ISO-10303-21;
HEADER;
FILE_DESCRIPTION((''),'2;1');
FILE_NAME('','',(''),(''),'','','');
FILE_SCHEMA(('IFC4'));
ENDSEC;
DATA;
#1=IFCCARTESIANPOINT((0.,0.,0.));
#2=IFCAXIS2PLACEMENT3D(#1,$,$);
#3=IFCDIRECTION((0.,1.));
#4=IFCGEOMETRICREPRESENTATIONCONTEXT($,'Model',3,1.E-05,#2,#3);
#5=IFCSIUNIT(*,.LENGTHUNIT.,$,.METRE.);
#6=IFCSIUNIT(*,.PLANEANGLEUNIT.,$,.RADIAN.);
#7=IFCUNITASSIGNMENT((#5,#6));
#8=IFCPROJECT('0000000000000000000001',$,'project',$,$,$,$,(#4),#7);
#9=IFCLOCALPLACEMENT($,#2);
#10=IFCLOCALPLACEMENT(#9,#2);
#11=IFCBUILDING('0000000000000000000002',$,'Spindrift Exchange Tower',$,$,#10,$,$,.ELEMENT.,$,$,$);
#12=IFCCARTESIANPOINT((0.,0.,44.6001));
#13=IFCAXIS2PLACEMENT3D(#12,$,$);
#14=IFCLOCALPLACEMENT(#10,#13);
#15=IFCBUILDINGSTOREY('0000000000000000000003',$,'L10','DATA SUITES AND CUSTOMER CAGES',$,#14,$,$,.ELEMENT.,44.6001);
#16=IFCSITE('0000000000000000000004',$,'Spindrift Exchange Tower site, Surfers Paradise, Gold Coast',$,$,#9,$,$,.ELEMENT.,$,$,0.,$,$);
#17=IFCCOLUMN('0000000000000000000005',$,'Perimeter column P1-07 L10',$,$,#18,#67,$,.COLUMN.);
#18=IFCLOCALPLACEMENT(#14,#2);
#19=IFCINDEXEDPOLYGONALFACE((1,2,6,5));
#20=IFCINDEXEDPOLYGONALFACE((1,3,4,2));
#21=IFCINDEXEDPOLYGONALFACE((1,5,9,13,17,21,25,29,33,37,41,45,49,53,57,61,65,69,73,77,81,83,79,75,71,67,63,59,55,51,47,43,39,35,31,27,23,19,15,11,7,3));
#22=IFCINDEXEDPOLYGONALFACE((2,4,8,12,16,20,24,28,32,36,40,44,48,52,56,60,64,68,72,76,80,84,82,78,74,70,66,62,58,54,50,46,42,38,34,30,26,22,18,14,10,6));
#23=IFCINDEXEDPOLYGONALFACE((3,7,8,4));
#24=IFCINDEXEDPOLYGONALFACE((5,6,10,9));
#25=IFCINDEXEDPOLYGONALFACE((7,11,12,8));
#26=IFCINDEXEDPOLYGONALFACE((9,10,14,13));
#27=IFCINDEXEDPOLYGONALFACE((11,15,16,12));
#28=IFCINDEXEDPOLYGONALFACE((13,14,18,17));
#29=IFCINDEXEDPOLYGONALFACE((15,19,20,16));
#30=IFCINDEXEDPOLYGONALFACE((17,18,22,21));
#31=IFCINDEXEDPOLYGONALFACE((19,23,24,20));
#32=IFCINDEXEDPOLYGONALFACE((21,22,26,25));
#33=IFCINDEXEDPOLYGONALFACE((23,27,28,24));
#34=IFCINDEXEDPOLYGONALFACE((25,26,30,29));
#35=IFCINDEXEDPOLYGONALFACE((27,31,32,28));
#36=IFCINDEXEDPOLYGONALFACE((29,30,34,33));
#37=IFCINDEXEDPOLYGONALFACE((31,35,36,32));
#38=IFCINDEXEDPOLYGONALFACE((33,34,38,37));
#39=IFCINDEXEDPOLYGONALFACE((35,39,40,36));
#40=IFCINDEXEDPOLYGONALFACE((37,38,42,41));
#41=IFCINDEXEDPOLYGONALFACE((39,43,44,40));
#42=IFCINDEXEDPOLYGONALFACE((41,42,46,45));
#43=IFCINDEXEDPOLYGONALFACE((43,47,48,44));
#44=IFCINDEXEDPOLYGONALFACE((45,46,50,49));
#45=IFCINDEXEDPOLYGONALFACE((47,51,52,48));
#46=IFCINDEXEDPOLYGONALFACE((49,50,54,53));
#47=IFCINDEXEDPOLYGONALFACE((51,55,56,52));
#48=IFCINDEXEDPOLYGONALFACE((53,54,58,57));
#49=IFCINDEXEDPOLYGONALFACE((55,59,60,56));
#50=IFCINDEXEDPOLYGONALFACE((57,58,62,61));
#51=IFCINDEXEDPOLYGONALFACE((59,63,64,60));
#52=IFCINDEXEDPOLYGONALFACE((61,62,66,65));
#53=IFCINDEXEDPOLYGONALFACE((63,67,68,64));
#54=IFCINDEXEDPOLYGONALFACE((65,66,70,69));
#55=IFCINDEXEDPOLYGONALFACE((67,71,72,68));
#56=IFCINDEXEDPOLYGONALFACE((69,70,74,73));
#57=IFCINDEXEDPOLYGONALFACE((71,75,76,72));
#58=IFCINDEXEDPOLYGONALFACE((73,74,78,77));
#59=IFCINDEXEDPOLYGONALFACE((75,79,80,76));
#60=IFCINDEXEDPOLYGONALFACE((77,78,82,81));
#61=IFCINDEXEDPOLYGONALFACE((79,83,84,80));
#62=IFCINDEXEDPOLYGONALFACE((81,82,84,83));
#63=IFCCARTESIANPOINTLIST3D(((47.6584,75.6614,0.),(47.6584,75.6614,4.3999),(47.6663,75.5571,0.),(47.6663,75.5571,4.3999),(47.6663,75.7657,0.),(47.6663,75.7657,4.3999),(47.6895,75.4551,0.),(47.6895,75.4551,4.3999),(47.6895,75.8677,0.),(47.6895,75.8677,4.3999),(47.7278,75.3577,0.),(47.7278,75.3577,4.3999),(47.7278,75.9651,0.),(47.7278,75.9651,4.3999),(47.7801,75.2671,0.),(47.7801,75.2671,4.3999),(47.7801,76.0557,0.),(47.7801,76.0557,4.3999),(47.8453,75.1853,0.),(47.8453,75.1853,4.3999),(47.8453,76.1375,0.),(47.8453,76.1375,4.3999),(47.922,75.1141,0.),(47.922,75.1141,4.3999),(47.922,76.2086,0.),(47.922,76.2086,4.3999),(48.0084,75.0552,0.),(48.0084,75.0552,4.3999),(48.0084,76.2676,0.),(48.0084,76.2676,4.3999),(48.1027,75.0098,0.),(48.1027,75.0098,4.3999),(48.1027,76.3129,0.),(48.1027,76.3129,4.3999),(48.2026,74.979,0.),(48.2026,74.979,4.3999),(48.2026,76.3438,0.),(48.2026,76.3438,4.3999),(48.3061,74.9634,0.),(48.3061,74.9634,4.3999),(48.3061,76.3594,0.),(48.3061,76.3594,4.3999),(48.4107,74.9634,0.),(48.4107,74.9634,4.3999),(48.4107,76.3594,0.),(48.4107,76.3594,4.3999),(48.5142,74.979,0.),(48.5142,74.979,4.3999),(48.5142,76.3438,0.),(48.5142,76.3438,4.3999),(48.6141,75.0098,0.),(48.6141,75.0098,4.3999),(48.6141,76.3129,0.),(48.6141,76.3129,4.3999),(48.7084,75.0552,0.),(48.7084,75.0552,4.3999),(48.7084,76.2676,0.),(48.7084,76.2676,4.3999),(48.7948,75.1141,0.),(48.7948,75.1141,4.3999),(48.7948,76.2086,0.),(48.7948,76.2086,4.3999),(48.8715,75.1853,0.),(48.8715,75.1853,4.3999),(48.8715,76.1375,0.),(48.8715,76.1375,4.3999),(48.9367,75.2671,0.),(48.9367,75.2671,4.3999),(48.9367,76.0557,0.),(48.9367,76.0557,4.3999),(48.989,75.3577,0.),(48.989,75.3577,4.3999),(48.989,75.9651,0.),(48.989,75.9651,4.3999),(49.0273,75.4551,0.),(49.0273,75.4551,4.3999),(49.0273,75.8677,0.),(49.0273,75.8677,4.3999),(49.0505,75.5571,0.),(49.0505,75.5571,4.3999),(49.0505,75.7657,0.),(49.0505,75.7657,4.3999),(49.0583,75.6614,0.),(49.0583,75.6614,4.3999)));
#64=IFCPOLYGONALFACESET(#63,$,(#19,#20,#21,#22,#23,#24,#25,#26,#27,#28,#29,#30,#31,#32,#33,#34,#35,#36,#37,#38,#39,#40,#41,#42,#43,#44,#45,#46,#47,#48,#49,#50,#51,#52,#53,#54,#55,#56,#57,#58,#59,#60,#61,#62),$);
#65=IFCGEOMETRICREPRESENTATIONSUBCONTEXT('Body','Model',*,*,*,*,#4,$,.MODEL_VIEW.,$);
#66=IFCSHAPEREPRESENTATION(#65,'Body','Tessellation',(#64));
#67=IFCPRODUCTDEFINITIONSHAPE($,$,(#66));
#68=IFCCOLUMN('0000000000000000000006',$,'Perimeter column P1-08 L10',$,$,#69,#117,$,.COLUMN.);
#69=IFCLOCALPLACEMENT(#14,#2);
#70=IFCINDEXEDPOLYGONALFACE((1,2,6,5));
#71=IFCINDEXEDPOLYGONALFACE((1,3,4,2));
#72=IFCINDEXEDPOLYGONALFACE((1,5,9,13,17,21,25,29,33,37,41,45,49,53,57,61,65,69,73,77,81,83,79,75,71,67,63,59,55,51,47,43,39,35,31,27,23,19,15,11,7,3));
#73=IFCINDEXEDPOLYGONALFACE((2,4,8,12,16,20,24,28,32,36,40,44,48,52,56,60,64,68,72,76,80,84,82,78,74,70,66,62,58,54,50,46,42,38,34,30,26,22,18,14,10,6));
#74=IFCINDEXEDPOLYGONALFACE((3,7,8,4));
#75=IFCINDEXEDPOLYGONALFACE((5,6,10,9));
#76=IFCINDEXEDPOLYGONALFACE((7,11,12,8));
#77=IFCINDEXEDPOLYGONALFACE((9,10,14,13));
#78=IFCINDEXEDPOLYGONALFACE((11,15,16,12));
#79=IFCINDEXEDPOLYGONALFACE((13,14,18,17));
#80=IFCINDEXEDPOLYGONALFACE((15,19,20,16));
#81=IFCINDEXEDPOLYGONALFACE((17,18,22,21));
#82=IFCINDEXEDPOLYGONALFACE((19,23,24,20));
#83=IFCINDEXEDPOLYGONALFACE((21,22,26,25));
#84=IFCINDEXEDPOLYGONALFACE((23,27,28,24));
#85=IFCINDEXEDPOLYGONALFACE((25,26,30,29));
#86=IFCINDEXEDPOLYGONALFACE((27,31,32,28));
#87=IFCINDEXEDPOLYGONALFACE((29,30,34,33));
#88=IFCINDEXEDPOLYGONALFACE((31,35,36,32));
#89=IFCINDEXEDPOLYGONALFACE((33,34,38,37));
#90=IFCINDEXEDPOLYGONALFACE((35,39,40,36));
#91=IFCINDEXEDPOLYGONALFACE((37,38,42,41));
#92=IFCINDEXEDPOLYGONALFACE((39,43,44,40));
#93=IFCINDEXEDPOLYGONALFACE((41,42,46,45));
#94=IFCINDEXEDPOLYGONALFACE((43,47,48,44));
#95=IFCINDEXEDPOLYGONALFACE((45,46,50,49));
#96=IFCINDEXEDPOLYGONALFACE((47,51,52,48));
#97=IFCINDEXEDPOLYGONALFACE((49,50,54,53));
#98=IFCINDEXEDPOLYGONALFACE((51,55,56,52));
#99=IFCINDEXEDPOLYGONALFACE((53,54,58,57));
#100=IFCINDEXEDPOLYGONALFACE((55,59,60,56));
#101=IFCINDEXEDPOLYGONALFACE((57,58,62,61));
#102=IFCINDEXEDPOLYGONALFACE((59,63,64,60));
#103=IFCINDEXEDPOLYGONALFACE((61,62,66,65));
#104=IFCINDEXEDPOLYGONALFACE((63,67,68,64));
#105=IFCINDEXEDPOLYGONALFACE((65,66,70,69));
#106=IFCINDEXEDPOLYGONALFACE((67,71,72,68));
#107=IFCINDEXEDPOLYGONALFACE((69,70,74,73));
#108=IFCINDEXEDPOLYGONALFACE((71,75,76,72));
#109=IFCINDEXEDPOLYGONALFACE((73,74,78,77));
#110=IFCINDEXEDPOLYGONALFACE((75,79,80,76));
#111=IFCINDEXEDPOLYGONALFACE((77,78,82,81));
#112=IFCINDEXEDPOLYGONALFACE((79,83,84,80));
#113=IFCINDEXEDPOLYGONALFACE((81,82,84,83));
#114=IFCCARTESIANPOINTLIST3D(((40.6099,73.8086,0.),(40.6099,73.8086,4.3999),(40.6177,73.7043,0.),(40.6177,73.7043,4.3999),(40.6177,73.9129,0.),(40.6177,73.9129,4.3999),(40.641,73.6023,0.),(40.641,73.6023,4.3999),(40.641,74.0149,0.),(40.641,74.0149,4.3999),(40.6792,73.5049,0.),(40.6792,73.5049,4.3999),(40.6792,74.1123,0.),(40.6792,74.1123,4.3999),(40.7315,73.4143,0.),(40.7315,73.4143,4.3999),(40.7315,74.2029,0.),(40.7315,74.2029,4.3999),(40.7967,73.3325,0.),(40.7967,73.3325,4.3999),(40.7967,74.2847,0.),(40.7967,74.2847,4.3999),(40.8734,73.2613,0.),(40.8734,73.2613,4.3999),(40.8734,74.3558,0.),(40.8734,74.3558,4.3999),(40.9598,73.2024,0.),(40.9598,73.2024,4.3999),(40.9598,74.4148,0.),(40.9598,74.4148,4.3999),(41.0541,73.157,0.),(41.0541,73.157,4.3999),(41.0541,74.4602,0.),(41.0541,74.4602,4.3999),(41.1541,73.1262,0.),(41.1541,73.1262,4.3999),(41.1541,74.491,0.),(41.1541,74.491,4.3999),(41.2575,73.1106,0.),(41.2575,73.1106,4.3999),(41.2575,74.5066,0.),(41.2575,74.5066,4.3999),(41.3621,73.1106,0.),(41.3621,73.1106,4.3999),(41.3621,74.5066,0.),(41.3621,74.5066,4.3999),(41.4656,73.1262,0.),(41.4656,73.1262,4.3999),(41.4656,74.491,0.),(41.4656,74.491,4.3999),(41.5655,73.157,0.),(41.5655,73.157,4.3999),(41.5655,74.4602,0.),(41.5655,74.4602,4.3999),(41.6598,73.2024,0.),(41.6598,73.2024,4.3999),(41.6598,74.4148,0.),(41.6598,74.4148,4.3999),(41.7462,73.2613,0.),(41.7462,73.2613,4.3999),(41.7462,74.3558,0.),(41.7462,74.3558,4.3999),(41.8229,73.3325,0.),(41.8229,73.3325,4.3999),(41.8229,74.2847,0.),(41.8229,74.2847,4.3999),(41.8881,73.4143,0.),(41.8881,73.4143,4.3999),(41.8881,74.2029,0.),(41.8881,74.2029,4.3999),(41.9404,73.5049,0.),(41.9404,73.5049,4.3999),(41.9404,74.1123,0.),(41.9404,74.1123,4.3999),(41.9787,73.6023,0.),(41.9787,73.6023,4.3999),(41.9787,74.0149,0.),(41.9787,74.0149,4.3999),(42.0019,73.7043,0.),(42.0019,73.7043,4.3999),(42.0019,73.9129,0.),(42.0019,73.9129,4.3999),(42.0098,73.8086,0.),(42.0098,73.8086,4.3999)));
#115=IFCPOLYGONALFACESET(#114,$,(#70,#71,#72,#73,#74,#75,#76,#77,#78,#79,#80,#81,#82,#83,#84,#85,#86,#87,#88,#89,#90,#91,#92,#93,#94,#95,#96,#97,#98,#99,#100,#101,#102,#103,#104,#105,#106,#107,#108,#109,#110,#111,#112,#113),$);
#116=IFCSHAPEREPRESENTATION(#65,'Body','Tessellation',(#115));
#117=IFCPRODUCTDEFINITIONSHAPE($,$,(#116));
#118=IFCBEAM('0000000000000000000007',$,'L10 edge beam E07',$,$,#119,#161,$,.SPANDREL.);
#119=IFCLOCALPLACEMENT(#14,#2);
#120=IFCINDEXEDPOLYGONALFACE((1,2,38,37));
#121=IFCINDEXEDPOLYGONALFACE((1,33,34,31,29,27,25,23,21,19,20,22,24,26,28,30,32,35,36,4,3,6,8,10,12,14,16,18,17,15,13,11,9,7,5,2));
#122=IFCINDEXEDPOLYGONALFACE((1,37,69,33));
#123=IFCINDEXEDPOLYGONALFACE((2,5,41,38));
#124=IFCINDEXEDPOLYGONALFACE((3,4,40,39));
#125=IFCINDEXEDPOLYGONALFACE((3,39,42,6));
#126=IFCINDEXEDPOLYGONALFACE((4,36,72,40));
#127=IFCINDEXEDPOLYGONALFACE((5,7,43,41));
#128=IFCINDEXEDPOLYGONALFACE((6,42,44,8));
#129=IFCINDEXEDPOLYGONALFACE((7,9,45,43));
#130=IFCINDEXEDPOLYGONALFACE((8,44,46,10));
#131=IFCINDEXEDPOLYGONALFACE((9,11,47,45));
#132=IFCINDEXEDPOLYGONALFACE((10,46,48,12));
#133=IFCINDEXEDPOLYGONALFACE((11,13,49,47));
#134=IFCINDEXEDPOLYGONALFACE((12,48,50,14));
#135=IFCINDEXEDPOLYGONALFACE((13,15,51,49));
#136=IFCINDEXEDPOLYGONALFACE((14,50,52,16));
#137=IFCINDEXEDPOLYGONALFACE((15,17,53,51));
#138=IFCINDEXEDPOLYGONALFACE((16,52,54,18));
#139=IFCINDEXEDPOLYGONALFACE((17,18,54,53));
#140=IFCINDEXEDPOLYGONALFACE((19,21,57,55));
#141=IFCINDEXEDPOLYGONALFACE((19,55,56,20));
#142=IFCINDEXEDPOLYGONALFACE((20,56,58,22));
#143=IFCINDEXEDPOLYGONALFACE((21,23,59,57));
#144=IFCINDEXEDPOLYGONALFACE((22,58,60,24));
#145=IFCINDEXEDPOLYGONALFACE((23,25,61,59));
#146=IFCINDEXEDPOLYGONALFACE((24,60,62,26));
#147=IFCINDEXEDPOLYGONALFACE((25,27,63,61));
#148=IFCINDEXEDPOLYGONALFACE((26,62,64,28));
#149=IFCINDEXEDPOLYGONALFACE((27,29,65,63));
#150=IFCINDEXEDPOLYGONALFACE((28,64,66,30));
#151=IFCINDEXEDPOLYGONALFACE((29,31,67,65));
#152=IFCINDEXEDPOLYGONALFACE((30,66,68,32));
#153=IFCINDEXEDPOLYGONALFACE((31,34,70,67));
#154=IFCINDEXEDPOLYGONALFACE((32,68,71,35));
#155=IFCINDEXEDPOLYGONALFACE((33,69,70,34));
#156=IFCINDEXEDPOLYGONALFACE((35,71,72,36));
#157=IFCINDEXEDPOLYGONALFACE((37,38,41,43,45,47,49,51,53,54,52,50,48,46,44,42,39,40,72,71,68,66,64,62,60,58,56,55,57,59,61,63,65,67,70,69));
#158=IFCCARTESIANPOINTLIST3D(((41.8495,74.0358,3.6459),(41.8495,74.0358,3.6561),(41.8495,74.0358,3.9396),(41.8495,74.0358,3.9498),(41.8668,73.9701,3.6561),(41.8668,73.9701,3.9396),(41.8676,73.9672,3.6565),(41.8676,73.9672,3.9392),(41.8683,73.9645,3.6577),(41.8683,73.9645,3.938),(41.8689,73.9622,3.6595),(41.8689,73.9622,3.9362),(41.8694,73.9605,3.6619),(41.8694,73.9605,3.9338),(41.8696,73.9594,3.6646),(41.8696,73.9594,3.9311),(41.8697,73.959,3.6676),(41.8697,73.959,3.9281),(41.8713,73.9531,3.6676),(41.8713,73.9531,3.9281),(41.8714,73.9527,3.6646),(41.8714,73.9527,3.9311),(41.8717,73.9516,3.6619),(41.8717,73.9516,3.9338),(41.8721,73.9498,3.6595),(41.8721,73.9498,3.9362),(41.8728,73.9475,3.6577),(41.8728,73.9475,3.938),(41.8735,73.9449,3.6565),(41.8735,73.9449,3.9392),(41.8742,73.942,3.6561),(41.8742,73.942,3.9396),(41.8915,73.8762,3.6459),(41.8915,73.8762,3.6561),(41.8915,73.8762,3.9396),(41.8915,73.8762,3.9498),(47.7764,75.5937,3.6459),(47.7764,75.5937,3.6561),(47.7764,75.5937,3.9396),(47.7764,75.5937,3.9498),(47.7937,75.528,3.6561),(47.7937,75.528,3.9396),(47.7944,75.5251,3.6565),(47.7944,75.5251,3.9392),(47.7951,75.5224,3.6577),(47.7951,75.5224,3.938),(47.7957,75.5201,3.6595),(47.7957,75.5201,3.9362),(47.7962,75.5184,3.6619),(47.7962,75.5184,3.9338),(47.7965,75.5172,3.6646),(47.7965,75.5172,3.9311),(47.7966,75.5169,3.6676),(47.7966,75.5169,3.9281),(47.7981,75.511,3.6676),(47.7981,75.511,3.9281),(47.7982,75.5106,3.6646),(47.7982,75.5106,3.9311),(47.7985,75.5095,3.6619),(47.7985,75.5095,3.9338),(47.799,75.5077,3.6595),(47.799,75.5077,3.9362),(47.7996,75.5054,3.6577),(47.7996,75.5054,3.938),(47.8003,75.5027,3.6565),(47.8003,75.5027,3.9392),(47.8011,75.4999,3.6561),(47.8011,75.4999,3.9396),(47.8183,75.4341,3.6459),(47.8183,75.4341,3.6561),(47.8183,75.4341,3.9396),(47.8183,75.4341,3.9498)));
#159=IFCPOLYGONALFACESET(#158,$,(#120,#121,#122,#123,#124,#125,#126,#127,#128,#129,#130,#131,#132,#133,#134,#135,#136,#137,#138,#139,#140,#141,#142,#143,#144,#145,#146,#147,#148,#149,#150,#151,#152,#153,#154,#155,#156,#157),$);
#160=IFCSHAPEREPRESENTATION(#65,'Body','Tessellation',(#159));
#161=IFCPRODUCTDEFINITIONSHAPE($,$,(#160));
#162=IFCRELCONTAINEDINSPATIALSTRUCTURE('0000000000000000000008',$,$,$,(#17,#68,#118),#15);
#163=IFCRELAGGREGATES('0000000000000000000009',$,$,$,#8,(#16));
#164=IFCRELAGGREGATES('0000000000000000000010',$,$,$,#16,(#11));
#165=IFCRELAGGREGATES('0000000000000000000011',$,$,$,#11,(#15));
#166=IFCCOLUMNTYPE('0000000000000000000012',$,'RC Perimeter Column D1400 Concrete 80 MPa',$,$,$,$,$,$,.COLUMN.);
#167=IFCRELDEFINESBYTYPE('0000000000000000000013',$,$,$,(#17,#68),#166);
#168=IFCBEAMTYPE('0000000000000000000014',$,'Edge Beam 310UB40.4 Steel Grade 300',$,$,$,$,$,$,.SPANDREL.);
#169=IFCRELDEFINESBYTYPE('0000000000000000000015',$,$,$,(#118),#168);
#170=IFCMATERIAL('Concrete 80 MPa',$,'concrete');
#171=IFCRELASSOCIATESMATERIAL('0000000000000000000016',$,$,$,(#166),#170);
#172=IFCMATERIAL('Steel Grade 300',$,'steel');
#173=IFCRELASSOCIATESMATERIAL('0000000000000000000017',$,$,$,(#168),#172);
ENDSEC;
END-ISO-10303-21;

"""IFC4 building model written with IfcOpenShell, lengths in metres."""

from ifc_helpers import new_model, si_unit, direction, frame, origin, origin_2d, place, context, subcontext, project, spatial, circle, i_section, extrude, source, transform, mapped, material, material_profile, profile_set, type_object, element, save


model = new_model("IFC4")

# Units and contexts
model_context = context("Model", 3, precision=1e-05, world=origin(), true_north=direction((0.0, 1.0)))
body_context = subcontext(model_context, "Body", "Model", "MODEL_VIEW")
ifc_project = project(units=[si_unit("LENGTHUNIT", "METRE"), si_unit("PLANEANGLEUNIT", "RADIAN")], contexts=[model_context])

# Site, building, storey
site_placement = place(None, origin())
site = spatial("IfcSite", under=ifc_project, at=site_placement, Name="Spindrift Exchange Tower site, Surfers Paradise, Gold Coast", CompositionType="ELEMENT", RefElevation=0.0)
building_placement = place(site_placement, origin())
building = spatial("IfcBuilding", under=site, at=building_placement, Name="Spindrift Exchange Tower", CompositionType="ELEMENT")
storey_placement = place(building_placement, frame((0.0, 0.0, 44.6001)))
storey = spatial("IfcBuildingStorey", under=building, at=storey_placement, Name="L10", Description="DATA SUITES AND CUSTOMER CAGES", CompositionType="ELEMENT", Elevation=44.6001)

# Columns
ifc_material_1 = material(Name="Concrete 80 MPa", Category="concrete")
ifc_material_profile_1 = material_profile(ifc_material_1, circle(Radius=0.7, at=origin_2d()), Name="RC D1400")
ifc_profile_set_1 = profile_set([ifc_material_profile_1], Name="Concrete 80 MPa")
column_type = type_object("IfcColumnType", Name="RC Perimeter Column D1400 Concrete 80 MPa", PredefinedType="COLUMN", material=ifc_profile_set_1)
shared_shape_1 = source(origin(), body_context, "Body", "SweptSolid", [
    extrude(circle(Radius=0.7, at=origin_2d()), origin(), (0.0, 0.0, 1.0), 4.3999),
])
for number, where, z_axis, x_axis, name in (
    (1, (48.3584, 75.6614, 0.0), (0.0, 0.0, 1.0), (1.0, 0.0, 0.0), "Perimeter column P1-07 L10"),
    (2, (41.3098, 73.8086, 0.0), (0.0, 0.0, 1.0), (1.0, 0.0, 0.0), "Perimeter column P1-08 L10"),
):
    element("IfcColumn", number, at=place(storey_placement, frame(where, z_axis=z_axis, x_axis=x_axis)), inside=storey, type_object=column_type, Name=name, PredefinedType="COLUMN", context=body_context, shape_type="MappedRepresentation", body=[
        mapped(shared_shape_1, transform((0.0, 0.0, 0.0), scale=1.0)),
    ])

# Beam
ifc_material_2 = material(Name="Steel Grade 300", Category="steel")
ifc_material_profile_2 = material_profile(ifc_material_2, i_section(OverallWidth=0.165, OverallDepth=0.304, WebThickness=0.0061, FlangeThickness=0.0103, FilletRadius=0.0115, at=origin_2d()), Name="310UB40.4")
ifc_profile_set_2 = profile_set([ifc_material_profile_2], Name="Steel Grade 300")
beam_type_1 = type_object("IfcBeamType", Name="Edge Beam 310UB40.4 Steel Grade 300", PredefinedType="SPANDREL", material=ifc_profile_set_2)
shared_shape_2 = source(origin(), body_context, "Body", "SweptSolid", [
    extrude(i_section(OverallWidth=0.165, OverallDepth=0.304, WebThickness=0.0061, FlangeThickness=0.0103, FilletRadius=0.0115, at=origin_2d()), origin(), (0.0, 0.0, 1.0), 6.1282),
])
beam_1_placement = place(storey_placement, frame((47.7974, 75.5139, 3.7979), z_axis=(-0.967147, -0.254217, 0.0), x_axis=(0.254217, -0.967147, 0.0)))
element("IfcBeam", 3, at=beam_1_placement, inside=storey, type_object=beam_type_1, Name="L10 edge beam E07", PredefinedType="SPANDREL", context=body_context, shape_type="MappedRepresentation", body=[
    mapped(shared_shape_2, transform((0.0, 0.0, 0.0), scale=1.0)),
])

save(model, "model.ifc")
